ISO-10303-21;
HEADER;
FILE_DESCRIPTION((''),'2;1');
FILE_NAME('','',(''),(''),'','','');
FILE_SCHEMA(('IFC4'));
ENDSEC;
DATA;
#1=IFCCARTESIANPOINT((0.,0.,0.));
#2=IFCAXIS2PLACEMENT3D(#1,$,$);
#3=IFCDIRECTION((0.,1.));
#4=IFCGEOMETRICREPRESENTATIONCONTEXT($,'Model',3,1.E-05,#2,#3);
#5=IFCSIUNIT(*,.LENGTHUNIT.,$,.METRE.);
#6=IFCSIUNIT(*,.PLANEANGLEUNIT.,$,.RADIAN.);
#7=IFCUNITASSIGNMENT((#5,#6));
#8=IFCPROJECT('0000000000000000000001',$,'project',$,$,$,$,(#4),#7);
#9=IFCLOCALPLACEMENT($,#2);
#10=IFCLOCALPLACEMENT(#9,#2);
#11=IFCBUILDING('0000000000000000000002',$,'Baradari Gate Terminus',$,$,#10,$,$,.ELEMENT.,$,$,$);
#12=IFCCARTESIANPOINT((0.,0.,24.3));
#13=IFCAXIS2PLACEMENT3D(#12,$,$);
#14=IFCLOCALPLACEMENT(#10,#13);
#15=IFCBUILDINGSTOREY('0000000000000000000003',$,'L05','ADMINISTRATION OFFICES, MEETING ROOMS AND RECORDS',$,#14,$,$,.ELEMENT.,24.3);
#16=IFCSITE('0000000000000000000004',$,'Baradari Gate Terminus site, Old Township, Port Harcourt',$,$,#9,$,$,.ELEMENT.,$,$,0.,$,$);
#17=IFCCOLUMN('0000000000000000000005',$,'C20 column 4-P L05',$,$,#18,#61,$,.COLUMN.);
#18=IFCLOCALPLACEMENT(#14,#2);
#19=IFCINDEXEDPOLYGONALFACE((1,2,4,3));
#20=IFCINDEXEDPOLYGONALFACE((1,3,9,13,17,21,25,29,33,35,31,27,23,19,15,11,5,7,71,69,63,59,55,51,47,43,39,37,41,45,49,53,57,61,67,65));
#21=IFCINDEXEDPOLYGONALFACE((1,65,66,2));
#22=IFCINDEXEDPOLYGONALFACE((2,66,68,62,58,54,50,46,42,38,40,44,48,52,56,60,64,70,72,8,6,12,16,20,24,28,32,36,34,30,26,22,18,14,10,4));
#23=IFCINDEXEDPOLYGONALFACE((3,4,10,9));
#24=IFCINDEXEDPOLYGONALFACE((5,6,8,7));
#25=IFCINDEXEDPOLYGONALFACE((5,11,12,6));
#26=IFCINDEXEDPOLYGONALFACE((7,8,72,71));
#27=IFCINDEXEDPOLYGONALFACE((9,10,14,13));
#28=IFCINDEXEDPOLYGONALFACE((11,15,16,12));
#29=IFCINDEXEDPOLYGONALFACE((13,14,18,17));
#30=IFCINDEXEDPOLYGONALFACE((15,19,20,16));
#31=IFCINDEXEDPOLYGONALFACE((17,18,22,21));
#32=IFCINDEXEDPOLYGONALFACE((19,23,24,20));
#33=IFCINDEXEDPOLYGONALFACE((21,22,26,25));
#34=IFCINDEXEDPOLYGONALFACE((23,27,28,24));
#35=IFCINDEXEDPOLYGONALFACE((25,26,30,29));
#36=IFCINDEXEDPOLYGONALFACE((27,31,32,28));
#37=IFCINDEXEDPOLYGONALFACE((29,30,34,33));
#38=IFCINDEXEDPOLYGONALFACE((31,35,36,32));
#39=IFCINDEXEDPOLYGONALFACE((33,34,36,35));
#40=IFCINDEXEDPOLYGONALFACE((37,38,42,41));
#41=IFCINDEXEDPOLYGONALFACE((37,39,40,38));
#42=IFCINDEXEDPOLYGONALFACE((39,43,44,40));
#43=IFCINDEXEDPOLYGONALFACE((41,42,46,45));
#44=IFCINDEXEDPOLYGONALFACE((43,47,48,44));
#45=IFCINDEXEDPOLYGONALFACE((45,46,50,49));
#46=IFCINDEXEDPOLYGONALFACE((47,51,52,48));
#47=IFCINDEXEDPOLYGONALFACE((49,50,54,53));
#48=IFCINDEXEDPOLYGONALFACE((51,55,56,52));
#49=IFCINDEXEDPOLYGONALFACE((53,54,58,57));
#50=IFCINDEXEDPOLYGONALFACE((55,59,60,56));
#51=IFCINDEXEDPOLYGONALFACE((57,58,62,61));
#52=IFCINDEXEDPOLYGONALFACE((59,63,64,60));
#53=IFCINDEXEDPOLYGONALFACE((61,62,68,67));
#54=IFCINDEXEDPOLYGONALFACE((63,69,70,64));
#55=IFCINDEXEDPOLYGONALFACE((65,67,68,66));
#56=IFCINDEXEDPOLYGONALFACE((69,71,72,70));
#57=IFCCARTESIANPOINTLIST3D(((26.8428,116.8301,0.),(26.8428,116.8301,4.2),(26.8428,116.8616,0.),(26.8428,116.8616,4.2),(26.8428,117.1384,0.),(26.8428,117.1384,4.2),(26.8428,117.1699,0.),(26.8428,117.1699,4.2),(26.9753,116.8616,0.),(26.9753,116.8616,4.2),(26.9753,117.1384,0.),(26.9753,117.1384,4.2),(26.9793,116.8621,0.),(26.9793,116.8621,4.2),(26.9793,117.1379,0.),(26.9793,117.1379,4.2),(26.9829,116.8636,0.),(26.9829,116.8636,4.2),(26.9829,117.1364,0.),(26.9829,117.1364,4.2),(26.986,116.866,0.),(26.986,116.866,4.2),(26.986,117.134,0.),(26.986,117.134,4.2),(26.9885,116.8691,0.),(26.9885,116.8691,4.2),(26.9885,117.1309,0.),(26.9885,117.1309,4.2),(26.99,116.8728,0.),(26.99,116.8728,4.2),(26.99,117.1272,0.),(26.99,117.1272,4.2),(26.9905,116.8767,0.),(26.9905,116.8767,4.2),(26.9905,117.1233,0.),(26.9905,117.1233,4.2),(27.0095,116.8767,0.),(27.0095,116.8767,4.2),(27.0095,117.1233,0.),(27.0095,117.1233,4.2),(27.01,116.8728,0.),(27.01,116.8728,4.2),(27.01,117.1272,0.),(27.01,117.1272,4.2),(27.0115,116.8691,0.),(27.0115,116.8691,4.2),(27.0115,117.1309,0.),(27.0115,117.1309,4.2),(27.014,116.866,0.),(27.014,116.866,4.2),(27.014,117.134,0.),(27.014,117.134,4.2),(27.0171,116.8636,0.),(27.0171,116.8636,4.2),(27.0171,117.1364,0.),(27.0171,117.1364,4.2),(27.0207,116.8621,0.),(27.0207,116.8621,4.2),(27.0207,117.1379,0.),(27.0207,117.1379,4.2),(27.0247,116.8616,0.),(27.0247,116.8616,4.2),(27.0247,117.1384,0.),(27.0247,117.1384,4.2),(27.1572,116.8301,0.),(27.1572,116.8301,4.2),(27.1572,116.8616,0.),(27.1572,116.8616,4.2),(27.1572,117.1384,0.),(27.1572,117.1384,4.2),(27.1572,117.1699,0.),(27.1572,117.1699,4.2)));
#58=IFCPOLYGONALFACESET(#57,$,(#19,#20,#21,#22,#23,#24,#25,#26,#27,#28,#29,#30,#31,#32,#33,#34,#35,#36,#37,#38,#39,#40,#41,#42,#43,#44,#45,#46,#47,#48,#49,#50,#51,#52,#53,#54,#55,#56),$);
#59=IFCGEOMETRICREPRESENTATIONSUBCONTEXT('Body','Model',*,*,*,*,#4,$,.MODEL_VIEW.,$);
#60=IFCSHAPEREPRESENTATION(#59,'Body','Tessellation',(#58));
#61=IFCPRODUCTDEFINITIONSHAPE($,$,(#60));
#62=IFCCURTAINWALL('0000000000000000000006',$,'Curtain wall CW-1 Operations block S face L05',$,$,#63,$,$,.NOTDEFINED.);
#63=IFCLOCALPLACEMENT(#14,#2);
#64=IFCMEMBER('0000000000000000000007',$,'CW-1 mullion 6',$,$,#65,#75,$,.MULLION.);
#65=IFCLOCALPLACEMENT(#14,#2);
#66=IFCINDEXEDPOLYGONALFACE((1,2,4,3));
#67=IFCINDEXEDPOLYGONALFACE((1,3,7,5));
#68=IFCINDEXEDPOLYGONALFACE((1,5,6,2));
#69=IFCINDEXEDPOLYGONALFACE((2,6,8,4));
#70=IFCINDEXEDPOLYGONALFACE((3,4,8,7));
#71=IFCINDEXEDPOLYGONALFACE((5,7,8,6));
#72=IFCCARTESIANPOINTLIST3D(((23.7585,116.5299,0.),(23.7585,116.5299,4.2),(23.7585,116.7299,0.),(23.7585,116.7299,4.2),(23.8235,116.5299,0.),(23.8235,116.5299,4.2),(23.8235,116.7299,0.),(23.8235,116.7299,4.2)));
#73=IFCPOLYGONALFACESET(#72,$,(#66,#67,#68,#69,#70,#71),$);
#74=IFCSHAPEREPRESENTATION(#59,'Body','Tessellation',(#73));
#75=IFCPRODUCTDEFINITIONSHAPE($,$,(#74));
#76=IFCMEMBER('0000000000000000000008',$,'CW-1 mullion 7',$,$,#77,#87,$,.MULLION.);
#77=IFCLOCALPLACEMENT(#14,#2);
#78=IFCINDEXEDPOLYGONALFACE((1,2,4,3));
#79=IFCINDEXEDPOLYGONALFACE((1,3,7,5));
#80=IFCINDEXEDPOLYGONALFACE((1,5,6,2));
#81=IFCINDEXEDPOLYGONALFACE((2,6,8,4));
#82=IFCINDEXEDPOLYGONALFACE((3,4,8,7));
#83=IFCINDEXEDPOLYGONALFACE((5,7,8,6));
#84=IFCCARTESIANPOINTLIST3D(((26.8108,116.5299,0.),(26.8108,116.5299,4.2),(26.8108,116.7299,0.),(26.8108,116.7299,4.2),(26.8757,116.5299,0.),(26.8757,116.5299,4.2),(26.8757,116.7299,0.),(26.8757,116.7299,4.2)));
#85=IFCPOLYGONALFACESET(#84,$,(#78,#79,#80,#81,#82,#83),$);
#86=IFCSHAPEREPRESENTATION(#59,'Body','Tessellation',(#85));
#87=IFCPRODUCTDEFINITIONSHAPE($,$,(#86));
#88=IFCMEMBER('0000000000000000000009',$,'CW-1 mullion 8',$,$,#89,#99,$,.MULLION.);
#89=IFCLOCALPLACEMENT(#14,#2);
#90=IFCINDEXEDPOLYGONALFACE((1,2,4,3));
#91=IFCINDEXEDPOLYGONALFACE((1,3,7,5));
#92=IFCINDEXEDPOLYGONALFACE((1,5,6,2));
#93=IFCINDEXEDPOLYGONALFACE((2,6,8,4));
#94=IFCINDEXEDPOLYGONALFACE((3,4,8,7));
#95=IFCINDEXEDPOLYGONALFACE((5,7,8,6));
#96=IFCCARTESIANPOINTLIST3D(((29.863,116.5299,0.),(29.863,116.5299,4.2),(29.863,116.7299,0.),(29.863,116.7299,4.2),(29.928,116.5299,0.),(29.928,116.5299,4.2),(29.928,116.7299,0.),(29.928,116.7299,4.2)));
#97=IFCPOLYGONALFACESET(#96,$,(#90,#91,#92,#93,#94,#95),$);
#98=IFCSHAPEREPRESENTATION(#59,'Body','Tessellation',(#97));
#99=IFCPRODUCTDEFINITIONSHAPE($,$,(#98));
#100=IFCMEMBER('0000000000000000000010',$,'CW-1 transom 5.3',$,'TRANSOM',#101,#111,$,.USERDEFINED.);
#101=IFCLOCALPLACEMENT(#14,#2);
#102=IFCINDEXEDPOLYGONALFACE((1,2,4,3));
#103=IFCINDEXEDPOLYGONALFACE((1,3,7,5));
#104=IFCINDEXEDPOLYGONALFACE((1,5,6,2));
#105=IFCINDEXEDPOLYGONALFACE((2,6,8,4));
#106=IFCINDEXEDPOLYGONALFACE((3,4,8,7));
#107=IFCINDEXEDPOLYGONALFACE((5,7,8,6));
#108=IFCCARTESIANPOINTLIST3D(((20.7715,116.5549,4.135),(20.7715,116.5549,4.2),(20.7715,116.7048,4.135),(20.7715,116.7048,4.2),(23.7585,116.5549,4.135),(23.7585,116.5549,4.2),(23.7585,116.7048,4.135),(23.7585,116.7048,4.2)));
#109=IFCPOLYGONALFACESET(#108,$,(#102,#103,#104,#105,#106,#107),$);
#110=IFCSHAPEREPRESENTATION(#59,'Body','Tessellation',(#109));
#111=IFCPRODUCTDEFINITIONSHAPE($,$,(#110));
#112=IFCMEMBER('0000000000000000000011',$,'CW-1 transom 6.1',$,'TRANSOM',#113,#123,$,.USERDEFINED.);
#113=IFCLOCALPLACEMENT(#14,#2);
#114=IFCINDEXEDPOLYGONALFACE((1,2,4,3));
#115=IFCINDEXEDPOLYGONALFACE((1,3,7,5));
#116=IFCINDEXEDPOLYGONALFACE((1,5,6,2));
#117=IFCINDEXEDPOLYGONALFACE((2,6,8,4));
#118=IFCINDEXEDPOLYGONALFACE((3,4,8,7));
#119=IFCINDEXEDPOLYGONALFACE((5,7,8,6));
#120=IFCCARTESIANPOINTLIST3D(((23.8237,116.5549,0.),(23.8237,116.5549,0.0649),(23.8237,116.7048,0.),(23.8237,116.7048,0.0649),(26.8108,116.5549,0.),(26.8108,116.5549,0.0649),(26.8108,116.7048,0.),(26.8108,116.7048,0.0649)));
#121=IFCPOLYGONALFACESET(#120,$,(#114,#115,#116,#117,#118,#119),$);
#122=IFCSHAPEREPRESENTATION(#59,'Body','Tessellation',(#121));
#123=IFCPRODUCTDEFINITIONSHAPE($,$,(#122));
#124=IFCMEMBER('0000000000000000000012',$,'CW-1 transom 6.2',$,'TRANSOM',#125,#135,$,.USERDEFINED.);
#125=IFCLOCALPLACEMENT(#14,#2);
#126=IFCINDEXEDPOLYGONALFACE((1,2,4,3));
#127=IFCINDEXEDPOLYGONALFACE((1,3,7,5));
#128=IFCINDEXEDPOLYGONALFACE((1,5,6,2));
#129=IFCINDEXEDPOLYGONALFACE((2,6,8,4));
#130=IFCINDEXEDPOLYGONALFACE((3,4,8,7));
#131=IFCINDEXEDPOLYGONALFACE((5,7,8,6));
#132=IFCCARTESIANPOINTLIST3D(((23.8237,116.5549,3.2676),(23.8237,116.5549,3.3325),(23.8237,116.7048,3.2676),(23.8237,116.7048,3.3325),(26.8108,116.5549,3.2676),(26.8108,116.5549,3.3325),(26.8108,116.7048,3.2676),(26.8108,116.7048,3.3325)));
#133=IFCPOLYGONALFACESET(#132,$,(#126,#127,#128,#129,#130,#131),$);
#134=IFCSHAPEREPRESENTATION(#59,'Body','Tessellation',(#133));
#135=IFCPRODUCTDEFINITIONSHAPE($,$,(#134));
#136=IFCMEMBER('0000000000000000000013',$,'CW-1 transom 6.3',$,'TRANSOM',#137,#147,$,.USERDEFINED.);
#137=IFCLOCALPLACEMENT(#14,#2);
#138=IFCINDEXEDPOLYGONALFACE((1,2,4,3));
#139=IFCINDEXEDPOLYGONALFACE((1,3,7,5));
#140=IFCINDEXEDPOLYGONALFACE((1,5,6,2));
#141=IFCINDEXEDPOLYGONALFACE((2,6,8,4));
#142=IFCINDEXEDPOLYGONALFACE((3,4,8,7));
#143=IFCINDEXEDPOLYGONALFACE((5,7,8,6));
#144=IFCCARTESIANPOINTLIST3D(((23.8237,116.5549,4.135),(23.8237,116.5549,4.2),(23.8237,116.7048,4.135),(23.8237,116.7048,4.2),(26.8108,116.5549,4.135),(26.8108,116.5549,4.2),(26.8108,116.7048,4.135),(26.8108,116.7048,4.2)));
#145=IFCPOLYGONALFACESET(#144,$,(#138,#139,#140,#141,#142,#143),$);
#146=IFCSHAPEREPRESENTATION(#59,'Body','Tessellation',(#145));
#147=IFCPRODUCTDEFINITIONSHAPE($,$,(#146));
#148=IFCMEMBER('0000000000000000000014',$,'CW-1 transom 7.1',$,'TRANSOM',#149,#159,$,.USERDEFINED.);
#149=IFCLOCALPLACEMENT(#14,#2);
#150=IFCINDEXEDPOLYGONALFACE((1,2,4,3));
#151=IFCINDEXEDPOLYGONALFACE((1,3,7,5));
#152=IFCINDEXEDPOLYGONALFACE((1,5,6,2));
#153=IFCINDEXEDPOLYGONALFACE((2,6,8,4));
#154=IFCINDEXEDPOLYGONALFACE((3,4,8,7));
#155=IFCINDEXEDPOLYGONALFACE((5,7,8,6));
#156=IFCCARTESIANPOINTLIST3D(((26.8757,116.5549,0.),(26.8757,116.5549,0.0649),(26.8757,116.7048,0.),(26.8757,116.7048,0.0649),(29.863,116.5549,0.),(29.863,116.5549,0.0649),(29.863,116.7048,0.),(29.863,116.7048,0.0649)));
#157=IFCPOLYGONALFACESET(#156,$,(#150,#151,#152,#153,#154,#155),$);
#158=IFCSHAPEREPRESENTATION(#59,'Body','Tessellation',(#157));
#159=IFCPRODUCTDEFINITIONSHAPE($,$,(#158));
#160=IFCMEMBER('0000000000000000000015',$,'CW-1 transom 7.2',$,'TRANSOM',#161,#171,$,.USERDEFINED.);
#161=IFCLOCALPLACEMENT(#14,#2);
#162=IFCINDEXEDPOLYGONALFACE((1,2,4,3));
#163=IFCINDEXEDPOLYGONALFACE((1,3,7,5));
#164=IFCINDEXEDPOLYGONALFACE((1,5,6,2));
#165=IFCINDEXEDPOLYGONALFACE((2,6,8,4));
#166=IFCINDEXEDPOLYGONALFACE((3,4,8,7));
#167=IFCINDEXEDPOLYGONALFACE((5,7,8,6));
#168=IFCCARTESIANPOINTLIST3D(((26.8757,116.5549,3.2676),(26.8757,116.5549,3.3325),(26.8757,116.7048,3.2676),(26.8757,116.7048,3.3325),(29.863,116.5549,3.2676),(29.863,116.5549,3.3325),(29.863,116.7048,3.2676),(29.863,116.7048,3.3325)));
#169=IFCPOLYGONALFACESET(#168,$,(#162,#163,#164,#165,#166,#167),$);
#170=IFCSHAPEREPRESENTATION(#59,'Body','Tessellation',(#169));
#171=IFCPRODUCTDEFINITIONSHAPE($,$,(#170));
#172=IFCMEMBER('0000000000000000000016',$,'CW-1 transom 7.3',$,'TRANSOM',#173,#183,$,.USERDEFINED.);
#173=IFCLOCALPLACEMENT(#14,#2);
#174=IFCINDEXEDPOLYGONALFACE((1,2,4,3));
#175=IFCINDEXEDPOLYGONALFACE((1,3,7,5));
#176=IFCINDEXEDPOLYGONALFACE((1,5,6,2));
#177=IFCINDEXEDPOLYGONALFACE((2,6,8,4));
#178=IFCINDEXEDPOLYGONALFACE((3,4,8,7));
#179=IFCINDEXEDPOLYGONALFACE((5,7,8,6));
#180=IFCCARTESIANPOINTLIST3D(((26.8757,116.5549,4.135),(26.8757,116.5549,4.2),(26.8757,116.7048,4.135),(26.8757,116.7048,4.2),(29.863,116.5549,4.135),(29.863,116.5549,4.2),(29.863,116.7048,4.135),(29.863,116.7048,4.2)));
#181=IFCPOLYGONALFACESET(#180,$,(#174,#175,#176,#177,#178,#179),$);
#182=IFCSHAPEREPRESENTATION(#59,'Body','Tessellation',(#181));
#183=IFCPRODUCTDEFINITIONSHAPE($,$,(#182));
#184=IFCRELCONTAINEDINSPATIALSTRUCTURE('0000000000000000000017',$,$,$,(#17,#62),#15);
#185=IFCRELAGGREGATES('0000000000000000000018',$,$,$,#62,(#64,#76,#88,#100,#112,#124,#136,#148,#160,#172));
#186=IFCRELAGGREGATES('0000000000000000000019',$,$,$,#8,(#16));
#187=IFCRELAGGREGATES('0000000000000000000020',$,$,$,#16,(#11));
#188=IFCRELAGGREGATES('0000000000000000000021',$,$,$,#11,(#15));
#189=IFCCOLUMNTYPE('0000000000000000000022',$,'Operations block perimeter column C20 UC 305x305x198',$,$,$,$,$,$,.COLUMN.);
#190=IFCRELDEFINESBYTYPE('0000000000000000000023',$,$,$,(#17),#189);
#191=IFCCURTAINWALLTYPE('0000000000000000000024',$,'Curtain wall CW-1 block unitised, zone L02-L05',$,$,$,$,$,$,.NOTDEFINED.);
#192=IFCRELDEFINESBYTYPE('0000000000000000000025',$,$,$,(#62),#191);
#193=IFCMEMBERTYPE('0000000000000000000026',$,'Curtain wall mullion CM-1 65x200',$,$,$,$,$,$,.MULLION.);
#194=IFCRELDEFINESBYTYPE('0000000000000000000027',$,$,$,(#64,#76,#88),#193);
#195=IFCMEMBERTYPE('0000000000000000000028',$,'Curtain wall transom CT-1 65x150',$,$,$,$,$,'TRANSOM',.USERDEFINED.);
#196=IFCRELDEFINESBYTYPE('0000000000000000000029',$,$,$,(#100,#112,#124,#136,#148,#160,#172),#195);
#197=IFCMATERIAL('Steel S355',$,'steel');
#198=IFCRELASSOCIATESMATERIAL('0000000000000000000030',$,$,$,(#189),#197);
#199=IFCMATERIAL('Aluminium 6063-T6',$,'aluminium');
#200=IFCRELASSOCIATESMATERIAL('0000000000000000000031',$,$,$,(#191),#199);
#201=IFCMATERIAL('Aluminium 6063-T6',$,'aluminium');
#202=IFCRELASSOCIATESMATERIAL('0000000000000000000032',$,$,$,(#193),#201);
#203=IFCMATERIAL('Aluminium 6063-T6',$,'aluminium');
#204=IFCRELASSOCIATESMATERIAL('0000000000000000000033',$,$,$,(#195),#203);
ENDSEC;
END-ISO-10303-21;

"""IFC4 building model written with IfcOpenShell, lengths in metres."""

from ifc_helpers import new_model, si_unit, direction, frame, origin, origin_2d, place, context, subcontext, project, spatial, rectangle, i_section, extrude, material, material_profile, profile_set, type_object, element, aggregate, save


model = new_model("IFC4")

# Units and contexts
model_context = context("Model", 3, precision=1e-05, world=origin(), true_north=direction((0.0, 1.0)))
body_context = subcontext(model_context, "Body", "Model", "MODEL_VIEW")
ifc_project = project(units=[si_unit("LENGTHUNIT", "METRE"), si_unit("PLANEANGLEUNIT", "RADIAN")], contexts=[model_context])

# Site, building, storey
site_placement = place(None, origin())
site = spatial("IfcSite", under=ifc_project, at=site_placement, Name="Baradari Gate Terminus site, Old Township, Port Harcourt", CompositionType="ELEMENT", RefElevation=0.0)
building_placement = place(site_placement, origin())
building = spatial("IfcBuilding", under=site, at=building_placement, Name="Baradari Gate Terminus", CompositionType="ELEMENT")
storey_placement = place(building_placement, frame((0.0, 0.0, 24.3)))
storey = spatial("IfcBuildingStorey", under=building, at=storey_placement, Name="L05", Description="ADMINISTRATION OFFICES, MEETING ROOMS AND RECORDS", CompositionType="ELEMENT", Elevation=24.3)

# Column
ifc_material_1 = material(Name="Steel S355", Category="steel")
ifc_material_profile_1 = material_profile(ifc_material_1, i_section(OverallWidth=0.3145, OverallDepth=0.3398, WebThickness=0.019, FlangeThickness=0.0315, FilletRadius=0.0151, at=origin_2d()), Name="UC 305x305x198")
ifc_profile_set_1 = profile_set([ifc_material_profile_1], Name="Steel S355")
column_type = type_object("IfcColumnType", Name="Operations block perimeter column C20 UC 305x305x198", PredefinedType="COLUMN", material=ifc_profile_set_1)
column_placement = place(storey_placement, frame((27.0, 117.0, 0.0), z_axis=(0.0, 0.0, 1.0), x_axis=(1.0, 0.0, 0.0)))
element("IfcColumn", 1, at=column_placement, inside=storey, type_object=column_type, Name="C20 column 4-P L05", PredefinedType="COLUMN", context=body_context, shape_type="SweptSolid", body=[
    extrude(i_section(OverallWidth=0.3145, OverallDepth=0.3398, WebThickness=0.019, FlangeThickness=0.0315, FilletRadius=0.0151, at=origin_2d()), origin(), (0.0, 0.0, 1.0), 4.2),
])

# Curtain wall, members
ifc_material_2 = material(Name="Aluminium 6063-T6", Category="aluminium")
curtain_wall_type = type_object("IfcCurtainWallType", Name="Curtain wall CW-1 block unitised, zone L02-L05", PredefinedType="NOTDEFINED", material=ifc_material_2)
curtain_wall_placement = place(storey_placement, origin())
curtain_wall = element("IfcCurtainWall", 2, at=curtain_wall_placement, inside=storey, type_object=curtain_wall_type, Name="Curtain wall CW-1 Operations block S face L05", PredefinedType="NOTDEFINED")
ifc_material_3 = material(Name="Aluminium 6063-T6", Category="aluminium")
ifc_material_profile_2 = material_profile(ifc_material_3, rectangle(XDim=0.2, YDim=0.0649, at=origin_2d()), Name="CM-1 65X200")
ifc_profile_set_2 = profile_set([ifc_material_profile_2], Name="Aluminium 6063-T6")
member_type_1 = type_object("IfcMemberType", Name="Curtain wall mullion CM-1 65x200", PredefinedType="MULLION", material=ifc_profile_set_2)
member_1_placement = place(storey_placement, frame((23.791, 116.6299, 0.0), z_axis=(0.0, 0.0, 1.0), x_axis=(0.0, 1.0, 0.0)))
member_1 = element("IfcMember", 3, at=member_1_placement, type_object=member_type_1, Name="CW-1 mullion 6", PredefinedType="MULLION", context=body_context, shape_type="SweptSolid", body=[
    extrude(rectangle(XDim=0.2, YDim=0.0649, at=origin_2d()), origin(), (0.0, 0.0, 1.0), 4.2),
])
member_2_placement = place(storey_placement, frame((26.8433, 116.6299, 0.0), z_axis=(0.0, 0.0, 1.0), x_axis=(0.0, 1.0, 0.0)))
member_2 = element("IfcMember", 4, at=member_2_placement, type_object=member_type_1, Name="CW-1 mullion 7", PredefinedType="MULLION", context=body_context, shape_type="SweptSolid", body=[
    extrude(rectangle(XDim=0.2, YDim=0.0649, at=origin_2d()), origin(), (0.0, 0.0, 1.0), 4.2),
])
member_3_placement = place(storey_placement, frame((29.8955, 116.6299, 0.0), z_axis=(0.0, 0.0, 1.0), x_axis=(0.0, 1.0, 0.0)))
member_3 = element("IfcMember", 5, at=member_3_placement, type_object=member_type_1, Name="CW-1 mullion 8", PredefinedType="MULLION", context=body_context, shape_type="SweptSolid", body=[
    extrude(rectangle(XDim=0.2, YDim=0.0649, at=origin_2d()), origin(), (0.0, 0.0, 1.0), 4.2),
])
ifc_material_4 = material(Name="Aluminium 6063-T6", Category="aluminium")
ifc_material_profile_3 = material_profile(ifc_material_4, rectangle(XDim=0.1499, YDim=0.0649, at=origin_2d()), Name="CT-1 65X150")
ifc_profile_set_3 = profile_set([ifc_material_profile_3], Name="Aluminium 6063-T6")
member_type_2 = type_object("IfcMemberType", Name="Curtain wall transom CT-1 65x150", ElementType="TRANSOM", PredefinedType="USERDEFINED", material=ifc_profile_set_3)
member_4_placement = place(storey_placement, frame((20.7715, 116.6299, 4.1675), z_axis=(1.0, 0.0, 0.0), x_axis=(0.0, 1.0, 0.0)))
member_4 = element("IfcMember", 6, at=member_4_placement, type_object=member_type_2, Name="CW-1 transom 5.3", ObjectType="TRANSOM", PredefinedType="USERDEFINED", context=body_context, shape_type="SweptSolid", body=[
    extrude(rectangle(XDim=0.1499, YDim=0.0649, at=origin_2d()), origin(), (0.0, 0.0, 1.0), 2.9871),
])
member_5_placement = place(storey_placement, frame((23.8237, 116.6299, 0.0325), z_axis=(1.0, 0.0, 0.0), x_axis=(0.0, 1.0, 0.0)))
member_5 = element("IfcMember", 7, at=member_5_placement, type_object=member_type_2, Name="CW-1 transom 6.1", ObjectType="TRANSOM", PredefinedType="USERDEFINED", context=body_context, shape_type="SweptSolid", body=[
    extrude(rectangle(XDim=0.1499, YDim=0.0649, at=origin_2d()), origin(), (0.0, 0.0, 1.0), 2.9871),
])
member_6_placement = place(storey_placement, frame((23.8237, 116.6299, 3.3), z_axis=(1.0, 0.0, 0.0), x_axis=(0.0, 1.0, 0.0)))
member_6 = element("IfcMember", 8, at=member_6_placement, type_object=member_type_2, Name="CW-1 transom 6.2", ObjectType="TRANSOM", PredefinedType="USERDEFINED", context=body_context, shape_type="SweptSolid", body=[
    extrude(rectangle(XDim=0.1499, YDim=0.0649, at=origin_2d()), origin(), (0.0, 0.0, 1.0), 2.9871),
])
member_7_placement = place(storey_placement, frame((23.8237, 116.6299, 4.1675), z_axis=(1.0, 0.0, 0.0), x_axis=(0.0, 1.0, 0.0)))
member_7 = element("IfcMember", 9, at=member_7_placement, type_object=member_type_2, Name="CW-1 transom 6.3", ObjectType="TRANSOM", PredefinedType="USERDEFINED", context=body_context, shape_type="SweptSolid", body=[
    extrude(rectangle(XDim=0.1499, YDim=0.0649, at=origin_2d()), origin(), (0.0, 0.0, 1.0), 2.9871),
])
member_8_placement = place(storey_placement, frame((26.8757, 116.6299, 0.0325), z_axis=(1.0, 0.0, 0.0), x_axis=(0.0, 1.0, 0.0)))
member_8 = element("IfcMember", 10, at=member_8_placement, type_object=member_type_2, Name="CW-1 transom 7.1", ObjectType="TRANSOM", PredefinedType="USERDEFINED", context=body_context, shape_type="SweptSolid", body=[
    extrude(rectangle(XDim=0.1499, YDim=0.0649, at=origin_2d()), origin(), (0.0, 0.0, 1.0), 2.9873),
])
member_9_placement = place(storey_placement, frame((26.8757, 116.6299, 3.3), z_axis=(1.0, 0.0, 0.0), x_axis=(0.0, 1.0, 0.0)))
member_9 = element("IfcMember", 11, at=member_9_placement, type_object=member_type_2, Name="CW-1 transom 7.2", ObjectType="TRANSOM", PredefinedType="USERDEFINED", context=body_context, shape_type="SweptSolid", body=[
    extrude(rectangle(XDim=0.1499, YDim=0.0649, at=origin_2d()), origin(), (0.0, 0.0, 1.0), 2.9873),
])
member_10_placement = place(storey_placement, frame((26.8757, 116.6299, 4.1675), z_axis=(1.0, 0.0, 0.0), x_axis=(0.0, 1.0, 0.0)))
member_10 = element("IfcMember", 12, at=member_10_placement, type_object=member_type_2, Name="CW-1 transom 7.3", ObjectType="TRANSOM", PredefinedType="USERDEFINED", context=body_context, shape_type="SweptSolid", body=[
    extrude(rectangle(XDim=0.1499, YDim=0.0649, at=origin_2d()), origin(), (0.0, 0.0, 1.0), 2.9873),
])

aggregate(curtain_wall, [member_1, member_2, member_3, member_4, member_5, member_6, member_7, member_8, member_9, member_10])

save(model, "model.ifc")
